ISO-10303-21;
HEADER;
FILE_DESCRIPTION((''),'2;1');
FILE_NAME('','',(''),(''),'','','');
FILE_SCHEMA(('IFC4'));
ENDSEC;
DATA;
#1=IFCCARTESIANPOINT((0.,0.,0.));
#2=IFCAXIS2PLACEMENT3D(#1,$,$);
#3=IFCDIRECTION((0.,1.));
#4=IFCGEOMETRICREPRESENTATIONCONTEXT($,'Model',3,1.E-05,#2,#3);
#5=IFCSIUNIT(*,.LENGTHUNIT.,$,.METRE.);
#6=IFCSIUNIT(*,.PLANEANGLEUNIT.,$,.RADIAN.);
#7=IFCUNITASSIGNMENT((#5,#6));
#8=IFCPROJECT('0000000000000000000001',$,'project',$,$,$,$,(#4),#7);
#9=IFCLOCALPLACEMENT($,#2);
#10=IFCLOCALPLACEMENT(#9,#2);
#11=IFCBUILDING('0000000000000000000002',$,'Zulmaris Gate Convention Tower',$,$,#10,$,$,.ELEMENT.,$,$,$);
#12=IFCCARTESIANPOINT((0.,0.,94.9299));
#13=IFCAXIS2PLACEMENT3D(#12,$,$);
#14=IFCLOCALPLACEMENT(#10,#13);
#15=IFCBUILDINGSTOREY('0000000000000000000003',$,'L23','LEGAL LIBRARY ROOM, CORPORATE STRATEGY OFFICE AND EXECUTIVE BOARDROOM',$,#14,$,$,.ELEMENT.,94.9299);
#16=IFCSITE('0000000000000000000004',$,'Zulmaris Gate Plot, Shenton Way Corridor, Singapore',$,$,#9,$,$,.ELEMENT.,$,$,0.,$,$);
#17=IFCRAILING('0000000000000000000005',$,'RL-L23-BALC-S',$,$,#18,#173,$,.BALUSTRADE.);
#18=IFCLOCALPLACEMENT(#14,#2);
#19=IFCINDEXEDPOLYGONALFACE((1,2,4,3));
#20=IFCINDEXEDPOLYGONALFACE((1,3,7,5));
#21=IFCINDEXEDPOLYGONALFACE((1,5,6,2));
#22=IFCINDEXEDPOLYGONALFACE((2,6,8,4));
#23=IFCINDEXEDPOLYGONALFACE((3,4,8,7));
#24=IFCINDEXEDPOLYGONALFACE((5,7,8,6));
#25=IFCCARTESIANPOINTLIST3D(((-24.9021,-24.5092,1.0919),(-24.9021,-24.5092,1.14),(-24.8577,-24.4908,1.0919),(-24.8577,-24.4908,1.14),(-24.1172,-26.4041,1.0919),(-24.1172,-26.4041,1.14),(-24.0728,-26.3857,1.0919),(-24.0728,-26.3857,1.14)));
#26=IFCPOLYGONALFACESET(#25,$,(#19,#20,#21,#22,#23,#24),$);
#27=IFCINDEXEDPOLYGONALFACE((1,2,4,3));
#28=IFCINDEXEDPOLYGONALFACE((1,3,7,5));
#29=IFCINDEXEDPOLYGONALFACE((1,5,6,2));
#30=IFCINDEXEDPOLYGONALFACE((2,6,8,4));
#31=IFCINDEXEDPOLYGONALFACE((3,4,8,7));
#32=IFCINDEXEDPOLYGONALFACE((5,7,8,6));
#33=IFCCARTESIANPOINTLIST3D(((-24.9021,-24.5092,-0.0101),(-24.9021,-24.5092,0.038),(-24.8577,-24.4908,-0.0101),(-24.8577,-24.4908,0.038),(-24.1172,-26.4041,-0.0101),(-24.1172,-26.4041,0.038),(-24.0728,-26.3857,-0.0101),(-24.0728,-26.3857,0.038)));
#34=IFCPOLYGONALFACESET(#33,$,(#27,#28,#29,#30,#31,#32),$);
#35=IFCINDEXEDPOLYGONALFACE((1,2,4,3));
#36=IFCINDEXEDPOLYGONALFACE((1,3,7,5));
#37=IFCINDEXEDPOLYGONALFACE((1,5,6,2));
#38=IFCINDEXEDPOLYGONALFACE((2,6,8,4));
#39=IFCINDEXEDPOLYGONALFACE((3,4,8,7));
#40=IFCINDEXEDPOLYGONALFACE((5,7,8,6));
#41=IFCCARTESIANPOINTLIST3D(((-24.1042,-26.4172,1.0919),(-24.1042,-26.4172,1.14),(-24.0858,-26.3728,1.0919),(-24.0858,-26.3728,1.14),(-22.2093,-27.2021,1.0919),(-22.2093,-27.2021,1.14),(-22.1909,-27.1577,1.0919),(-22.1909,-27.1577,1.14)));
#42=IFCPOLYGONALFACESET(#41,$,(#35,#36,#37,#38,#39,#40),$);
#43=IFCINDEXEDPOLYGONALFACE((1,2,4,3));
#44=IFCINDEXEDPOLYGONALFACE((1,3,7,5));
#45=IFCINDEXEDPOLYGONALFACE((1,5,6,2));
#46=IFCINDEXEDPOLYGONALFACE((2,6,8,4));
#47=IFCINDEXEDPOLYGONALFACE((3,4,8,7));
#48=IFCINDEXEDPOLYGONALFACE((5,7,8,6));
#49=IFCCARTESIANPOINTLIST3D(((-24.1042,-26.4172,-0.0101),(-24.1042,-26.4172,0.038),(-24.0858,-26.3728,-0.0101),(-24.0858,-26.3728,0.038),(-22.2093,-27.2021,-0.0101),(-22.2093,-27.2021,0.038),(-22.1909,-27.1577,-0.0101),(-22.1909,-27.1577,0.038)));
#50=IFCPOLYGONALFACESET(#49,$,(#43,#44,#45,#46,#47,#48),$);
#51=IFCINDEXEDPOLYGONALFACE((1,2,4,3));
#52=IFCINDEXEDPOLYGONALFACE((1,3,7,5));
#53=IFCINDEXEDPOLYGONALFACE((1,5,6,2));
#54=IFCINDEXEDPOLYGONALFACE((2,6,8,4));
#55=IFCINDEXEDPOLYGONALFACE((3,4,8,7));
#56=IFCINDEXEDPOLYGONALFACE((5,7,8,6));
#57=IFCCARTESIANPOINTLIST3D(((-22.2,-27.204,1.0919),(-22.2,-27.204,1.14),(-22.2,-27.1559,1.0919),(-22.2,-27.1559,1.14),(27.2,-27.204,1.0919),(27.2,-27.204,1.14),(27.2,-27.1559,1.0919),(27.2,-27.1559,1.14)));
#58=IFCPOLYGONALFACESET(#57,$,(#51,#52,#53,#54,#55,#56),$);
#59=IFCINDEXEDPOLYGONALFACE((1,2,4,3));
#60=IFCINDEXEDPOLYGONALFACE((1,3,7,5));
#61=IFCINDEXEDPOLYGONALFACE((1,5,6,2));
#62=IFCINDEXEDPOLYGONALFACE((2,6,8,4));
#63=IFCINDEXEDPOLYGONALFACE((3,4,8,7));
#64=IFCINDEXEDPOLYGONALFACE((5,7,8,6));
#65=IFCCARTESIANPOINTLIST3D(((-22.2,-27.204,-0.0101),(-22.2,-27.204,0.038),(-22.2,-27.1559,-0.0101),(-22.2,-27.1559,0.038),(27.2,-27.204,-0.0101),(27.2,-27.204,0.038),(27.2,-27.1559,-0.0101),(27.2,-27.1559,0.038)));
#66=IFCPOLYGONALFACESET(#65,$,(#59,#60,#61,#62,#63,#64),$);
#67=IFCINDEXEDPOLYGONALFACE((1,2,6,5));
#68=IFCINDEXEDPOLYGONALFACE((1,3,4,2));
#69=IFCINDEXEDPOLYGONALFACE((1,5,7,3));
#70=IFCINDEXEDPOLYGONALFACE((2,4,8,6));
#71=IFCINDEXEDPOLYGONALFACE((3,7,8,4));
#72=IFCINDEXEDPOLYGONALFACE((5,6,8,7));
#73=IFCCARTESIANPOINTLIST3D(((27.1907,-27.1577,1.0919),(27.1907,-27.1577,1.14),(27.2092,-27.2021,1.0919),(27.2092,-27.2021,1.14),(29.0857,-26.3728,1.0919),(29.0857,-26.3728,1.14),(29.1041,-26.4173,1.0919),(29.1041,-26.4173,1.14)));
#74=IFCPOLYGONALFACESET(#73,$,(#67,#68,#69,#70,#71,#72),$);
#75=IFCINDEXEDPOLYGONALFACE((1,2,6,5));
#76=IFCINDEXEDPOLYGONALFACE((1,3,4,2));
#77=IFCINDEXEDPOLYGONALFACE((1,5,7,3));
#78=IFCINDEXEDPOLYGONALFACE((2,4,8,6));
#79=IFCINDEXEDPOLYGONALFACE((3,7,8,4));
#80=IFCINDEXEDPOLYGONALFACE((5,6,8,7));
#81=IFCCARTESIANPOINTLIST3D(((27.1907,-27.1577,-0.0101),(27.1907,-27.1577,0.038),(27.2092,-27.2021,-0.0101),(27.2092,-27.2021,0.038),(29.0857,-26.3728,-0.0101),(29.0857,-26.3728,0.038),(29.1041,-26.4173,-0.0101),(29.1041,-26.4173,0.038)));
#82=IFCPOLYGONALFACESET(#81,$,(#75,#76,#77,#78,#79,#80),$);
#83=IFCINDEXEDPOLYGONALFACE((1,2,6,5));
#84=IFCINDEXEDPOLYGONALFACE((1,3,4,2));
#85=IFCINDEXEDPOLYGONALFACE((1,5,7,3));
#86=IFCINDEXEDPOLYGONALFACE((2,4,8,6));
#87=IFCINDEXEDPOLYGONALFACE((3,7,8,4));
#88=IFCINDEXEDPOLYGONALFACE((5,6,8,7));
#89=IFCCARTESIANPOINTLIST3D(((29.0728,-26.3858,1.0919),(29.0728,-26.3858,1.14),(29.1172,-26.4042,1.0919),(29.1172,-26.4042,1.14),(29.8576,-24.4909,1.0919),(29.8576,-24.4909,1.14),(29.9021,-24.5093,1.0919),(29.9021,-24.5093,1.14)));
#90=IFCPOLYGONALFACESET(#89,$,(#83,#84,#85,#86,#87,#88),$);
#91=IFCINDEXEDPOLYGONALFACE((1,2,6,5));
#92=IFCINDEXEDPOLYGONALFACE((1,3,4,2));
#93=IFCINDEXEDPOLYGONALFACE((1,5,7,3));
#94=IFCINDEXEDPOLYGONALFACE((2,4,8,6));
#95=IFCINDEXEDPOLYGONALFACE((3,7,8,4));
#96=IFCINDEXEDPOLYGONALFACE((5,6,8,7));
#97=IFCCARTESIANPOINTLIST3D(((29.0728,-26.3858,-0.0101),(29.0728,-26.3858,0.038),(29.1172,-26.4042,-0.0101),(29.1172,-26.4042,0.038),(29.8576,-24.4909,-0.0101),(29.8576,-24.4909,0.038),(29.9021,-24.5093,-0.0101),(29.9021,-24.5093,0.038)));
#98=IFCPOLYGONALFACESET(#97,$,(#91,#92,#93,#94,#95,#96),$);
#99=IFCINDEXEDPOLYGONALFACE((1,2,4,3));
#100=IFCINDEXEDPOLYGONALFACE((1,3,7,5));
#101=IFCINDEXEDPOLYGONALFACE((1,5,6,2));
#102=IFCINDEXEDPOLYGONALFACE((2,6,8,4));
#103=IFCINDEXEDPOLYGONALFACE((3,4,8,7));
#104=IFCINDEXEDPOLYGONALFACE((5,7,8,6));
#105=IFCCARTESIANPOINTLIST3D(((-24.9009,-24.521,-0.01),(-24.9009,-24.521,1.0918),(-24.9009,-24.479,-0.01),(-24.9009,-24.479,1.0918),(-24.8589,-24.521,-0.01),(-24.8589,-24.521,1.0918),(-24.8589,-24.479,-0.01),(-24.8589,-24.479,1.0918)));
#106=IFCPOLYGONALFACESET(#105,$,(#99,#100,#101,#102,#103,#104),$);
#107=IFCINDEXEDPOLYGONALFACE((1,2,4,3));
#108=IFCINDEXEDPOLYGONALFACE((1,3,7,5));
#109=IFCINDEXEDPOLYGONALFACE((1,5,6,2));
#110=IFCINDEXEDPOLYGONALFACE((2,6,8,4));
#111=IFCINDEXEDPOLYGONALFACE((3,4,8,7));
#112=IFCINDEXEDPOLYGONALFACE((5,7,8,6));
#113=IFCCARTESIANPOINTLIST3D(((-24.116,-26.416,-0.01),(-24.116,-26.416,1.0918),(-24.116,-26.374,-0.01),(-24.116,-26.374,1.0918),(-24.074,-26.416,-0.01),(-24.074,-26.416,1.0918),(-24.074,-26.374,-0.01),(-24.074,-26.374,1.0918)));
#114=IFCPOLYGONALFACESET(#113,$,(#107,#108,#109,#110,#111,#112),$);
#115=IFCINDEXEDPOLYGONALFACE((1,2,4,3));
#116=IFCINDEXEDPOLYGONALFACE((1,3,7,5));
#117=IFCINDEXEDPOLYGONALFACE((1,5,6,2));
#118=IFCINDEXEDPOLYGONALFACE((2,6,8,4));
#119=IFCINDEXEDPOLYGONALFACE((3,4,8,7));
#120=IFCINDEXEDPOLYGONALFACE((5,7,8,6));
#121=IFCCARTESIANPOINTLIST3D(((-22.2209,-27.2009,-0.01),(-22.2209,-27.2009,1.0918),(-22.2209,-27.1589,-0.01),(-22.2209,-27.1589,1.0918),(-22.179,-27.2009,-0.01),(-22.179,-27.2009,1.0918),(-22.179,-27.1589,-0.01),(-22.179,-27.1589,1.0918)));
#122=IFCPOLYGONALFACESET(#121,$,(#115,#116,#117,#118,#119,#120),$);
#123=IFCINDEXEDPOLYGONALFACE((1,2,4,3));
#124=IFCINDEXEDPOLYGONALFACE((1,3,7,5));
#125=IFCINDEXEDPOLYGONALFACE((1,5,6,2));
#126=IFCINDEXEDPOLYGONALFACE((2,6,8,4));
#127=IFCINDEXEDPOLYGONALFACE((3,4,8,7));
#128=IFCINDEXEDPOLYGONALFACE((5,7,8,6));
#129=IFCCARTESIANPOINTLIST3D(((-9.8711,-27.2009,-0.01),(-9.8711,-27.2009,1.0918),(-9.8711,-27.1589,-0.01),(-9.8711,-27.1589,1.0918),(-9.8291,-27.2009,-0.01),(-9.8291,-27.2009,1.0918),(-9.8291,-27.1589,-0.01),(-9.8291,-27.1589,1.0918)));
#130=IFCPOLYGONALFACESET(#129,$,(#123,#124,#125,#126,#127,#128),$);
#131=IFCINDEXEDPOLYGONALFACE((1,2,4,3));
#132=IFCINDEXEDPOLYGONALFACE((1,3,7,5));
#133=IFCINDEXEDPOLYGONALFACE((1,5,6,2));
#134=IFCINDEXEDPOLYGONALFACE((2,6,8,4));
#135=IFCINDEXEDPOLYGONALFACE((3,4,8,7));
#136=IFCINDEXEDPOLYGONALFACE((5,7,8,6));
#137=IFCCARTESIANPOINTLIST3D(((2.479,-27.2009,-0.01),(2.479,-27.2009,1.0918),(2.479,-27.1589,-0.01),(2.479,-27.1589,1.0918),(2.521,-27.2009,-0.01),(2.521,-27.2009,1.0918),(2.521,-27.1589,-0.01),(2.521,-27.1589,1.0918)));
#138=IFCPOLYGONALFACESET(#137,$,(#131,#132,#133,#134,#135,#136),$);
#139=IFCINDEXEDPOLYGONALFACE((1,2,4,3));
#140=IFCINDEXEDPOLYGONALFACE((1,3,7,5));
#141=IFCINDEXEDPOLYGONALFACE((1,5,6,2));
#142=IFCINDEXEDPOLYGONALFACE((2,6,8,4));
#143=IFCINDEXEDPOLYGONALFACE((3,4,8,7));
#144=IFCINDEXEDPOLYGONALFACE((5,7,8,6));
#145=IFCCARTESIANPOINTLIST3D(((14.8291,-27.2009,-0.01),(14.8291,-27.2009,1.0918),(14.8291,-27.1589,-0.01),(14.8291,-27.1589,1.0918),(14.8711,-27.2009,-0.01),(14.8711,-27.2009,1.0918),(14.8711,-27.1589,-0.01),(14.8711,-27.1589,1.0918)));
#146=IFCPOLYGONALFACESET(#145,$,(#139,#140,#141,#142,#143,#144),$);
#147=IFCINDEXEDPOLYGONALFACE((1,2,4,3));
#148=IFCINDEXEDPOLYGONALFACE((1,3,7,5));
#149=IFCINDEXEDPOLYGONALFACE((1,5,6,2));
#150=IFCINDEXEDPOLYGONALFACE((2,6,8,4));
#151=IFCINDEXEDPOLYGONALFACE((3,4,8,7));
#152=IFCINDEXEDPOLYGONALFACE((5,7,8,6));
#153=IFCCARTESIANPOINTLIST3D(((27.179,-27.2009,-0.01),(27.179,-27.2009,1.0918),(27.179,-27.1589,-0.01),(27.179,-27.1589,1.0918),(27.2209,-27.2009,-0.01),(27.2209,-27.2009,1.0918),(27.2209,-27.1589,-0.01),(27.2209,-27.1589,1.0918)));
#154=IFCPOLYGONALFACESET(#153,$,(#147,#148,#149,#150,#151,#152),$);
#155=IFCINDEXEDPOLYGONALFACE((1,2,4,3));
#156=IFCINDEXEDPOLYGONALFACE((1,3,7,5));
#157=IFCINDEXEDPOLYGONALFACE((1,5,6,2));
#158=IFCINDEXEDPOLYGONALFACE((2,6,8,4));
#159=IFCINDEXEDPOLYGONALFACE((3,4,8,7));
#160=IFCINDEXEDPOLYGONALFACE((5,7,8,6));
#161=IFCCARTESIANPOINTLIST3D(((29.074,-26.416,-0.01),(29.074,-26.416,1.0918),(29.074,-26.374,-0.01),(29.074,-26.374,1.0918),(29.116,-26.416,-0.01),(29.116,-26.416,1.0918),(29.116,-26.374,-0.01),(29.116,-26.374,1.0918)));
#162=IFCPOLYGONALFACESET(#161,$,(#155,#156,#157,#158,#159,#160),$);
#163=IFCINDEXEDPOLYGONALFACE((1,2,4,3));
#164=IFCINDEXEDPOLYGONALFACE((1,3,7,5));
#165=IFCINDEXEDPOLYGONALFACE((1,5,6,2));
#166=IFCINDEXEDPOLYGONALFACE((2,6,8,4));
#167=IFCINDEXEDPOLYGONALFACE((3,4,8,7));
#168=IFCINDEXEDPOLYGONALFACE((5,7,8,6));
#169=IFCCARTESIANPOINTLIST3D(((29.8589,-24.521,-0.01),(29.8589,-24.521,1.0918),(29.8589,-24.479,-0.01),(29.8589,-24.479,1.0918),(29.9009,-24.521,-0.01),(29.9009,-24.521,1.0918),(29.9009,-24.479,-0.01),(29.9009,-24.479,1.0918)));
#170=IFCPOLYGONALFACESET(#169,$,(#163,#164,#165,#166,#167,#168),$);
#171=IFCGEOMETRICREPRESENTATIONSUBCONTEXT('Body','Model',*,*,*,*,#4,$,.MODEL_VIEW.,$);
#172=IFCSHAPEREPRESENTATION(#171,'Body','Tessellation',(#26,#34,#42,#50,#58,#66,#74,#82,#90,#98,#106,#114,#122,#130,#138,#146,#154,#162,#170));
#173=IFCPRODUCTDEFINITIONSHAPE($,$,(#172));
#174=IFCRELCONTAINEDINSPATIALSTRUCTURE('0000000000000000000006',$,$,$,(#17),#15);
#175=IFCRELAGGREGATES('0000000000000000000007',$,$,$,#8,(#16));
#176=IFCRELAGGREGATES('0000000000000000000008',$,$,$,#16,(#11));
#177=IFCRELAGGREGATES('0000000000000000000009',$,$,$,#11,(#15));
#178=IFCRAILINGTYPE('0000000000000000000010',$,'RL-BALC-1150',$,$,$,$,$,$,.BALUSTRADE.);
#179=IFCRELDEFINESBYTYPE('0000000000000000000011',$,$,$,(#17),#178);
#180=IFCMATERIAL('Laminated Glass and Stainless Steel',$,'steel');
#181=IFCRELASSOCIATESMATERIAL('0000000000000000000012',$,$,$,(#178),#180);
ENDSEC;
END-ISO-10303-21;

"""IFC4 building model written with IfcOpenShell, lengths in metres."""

from ifc_helpers import new_model, si_unit, direction, frame, origin, origin_2d, place, context, subcontext, project, spatial, rectangle, extrude, material, type_object, element, save


model = new_model("IFC4")

# Units and contexts
model_context = context("Model", 3, precision=1e-05, world=origin(), true_north=direction((0.0, 1.0)))
body_context = subcontext(model_context, "Body", "Model", "MODEL_VIEW")
ifc_project = project(units=[si_unit("LENGTHUNIT", "METRE"), si_unit("PLANEANGLEUNIT", "RADIAN")], contexts=[model_context])

# Site, building, storey
site_placement = place(None, origin())
site = spatial("IfcSite", under=ifc_project, at=site_placement, Name="Zulmaris Gate Plot, Shenton Way Corridor, Singapore", CompositionType="ELEMENT", RefElevation=0.0)
building_placement = place(site_placement, origin())
building = spatial("IfcBuilding", under=site, at=building_placement, Name="Zulmaris Gate Convention Tower", CompositionType="ELEMENT")
storey_placement = place(building_placement, frame((0.0, 0.0, 94.9299)))
storey = spatial("IfcBuildingStorey", under=building, at=storey_placement, Name="L23", Description="LEGAL LIBRARY ROOM, CORPORATE STRATEGY OFFICE AND EXECUTIVE BOARDROOM", CompositionType="ELEMENT", Elevation=94.9299)

# Railing
ifc_material_1 = material(Name="Laminated Glass and Stainless Steel", Category="steel")
railing_type = type_object("IfcRailingType", Name="RL-BALC-1150", PredefinedType="BALUSTRADE", material=ifc_material_1)
railing_placement = place(storey_placement, frame((-24.8799, -24.5, -0.01)))
element("IfcRailing", 1, at=railing_placement, inside=storey, type_object=railing_type, Name="RL-L23-BALC-S", PredefinedType="BALUSTRADE", context=body_context, shape_type="SweptSolid", body=[
    extrude(rectangle(XDim=0.0481, YDim=0.0481, at=origin_2d()), frame((0.0, 0.0, 1.126), z_axis=(0.382671, -0.923885, 0.0), x_axis=(0.923885, 0.382671, 0.0)), (0.0, 0.0, 1.0), 2.051),
    extrude(rectangle(XDim=0.0481, YDim=0.0481, at=origin_2d()), frame((0.0, 0.0, 0.0239), z_axis=(0.382671, -0.923885, 0.0), x_axis=(0.923885, 0.382671, 0.0)), (0.0, 0.0, 1.0), 2.051),
    extrude(rectangle(XDim=0.0481, YDim=0.0481, at=origin_2d()), frame((0.7849, -1.895, 1.126), z_axis=(0.923885, -0.382671, 0.0), x_axis=(0.382671, 0.923885, 0.0)), (0.0, 0.0, 1.0), 2.051),
    extrude(rectangle(XDim=0.0481, YDim=0.0481, at=origin_2d()), frame((0.7849, -1.895, 0.0239), z_axis=(0.923885, -0.382671, 0.0), x_axis=(0.382671, 0.923885, 0.0)), (0.0, 0.0, 1.0), 2.051),
    extrude(rectangle(XDim=0.0481, YDim=0.0481, at=origin_2d()), frame((2.6799, -2.6799, 1.126), z_axis=(1.0, 0.0, 0.0), x_axis=(0.0, 1.0, 0.0)), (0.0, 0.0, 1.0), 49.3999),
    extrude(rectangle(XDim=0.0481, YDim=0.0481, at=origin_2d()), frame((2.6799, -2.6799, 0.0239), z_axis=(1.0, 0.0, 0.0), x_axis=(0.0, 1.0, 0.0)), (0.0, 0.0, 1.0), 49.3999),
    extrude(rectangle(XDim=0.0481, YDim=0.0481, at=origin_2d()), frame((52.0798, -2.6799, 1.126), z_axis=(0.923885, 0.382671, 0.0), x_axis=(-0.382671, 0.923885, 0.0)), (0.0, 0.0, 1.0), 2.051),
    extrude(rectangle(XDim=0.0481, YDim=0.0481, at=origin_2d()), frame((52.0798, -2.6799, 0.0239), z_axis=(0.923885, 0.382671, 0.0), x_axis=(-0.382671, 0.923885, 0.0)), (0.0, 0.0, 1.0), 2.051),
    extrude(rectangle(XDim=0.0481, YDim=0.0481, at=origin_2d()), frame((53.9749, -1.895, 1.126), z_axis=(0.382671, 0.923885, 0.0), x_axis=(-0.923885, 0.382671, 0.0)), (0.0, 0.0, 1.0), 2.051),
    extrude(rectangle(XDim=0.0481, YDim=0.0481, at=origin_2d()), frame((53.9749, -1.895, 0.0239), z_axis=(0.382671, 0.923885, 0.0), x_axis=(-0.923885, 0.382671, 0.0)), (0.0, 0.0, 1.0), 2.051),
    extrude(rectangle(XDim=0.042, YDim=0.042, at=origin_2d()), origin(), (0.0, 0.0, 1.0), 1.1018),
    extrude(rectangle(XDim=0.042, YDim=0.042, at=origin_2d()), frame((0.7849, -1.895, 0.0)), (0.0, 0.0, 1.0), 1.1018),
    extrude(rectangle(XDim=0.042, YDim=0.042, at=origin_2d()), frame((2.6799, -2.6799, 0.0)), (0.0, 0.0, 1.0), 1.1018),
    extrude(rectangle(XDim=0.042, YDim=0.042, at=origin_2d()), frame((15.0298, -2.6799, 0.0)), (0.0, 0.0, 1.0), 1.1018),
    extrude(rectangle(XDim=0.042, YDim=0.042, at=origin_2d()), frame((27.3799, -2.6799, 0.0)), (0.0, 0.0, 1.0), 1.1018),
    extrude(rectangle(XDim=0.042, YDim=0.042, at=origin_2d()), frame((39.73, -2.6799, 0.0)), (0.0, 0.0, 1.0), 1.1018),
    extrude(rectangle(XDim=0.042, YDim=0.042, at=origin_2d()), frame((52.0798, -2.6799, 0.0)), (0.0, 0.0, 1.0), 1.1018),
    extrude(rectangle(XDim=0.042, YDim=0.042, at=origin_2d()), frame((53.9749, -1.895, 0.0)), (0.0, 0.0, 1.0), 1.1018),
    extrude(rectangle(XDim=0.042, YDim=0.042, at=origin_2d()), frame((54.7598, 0.0, 0.0)), (0.0, 0.0, 1.0), 1.1018),
])

save(model, "model.ifc")
